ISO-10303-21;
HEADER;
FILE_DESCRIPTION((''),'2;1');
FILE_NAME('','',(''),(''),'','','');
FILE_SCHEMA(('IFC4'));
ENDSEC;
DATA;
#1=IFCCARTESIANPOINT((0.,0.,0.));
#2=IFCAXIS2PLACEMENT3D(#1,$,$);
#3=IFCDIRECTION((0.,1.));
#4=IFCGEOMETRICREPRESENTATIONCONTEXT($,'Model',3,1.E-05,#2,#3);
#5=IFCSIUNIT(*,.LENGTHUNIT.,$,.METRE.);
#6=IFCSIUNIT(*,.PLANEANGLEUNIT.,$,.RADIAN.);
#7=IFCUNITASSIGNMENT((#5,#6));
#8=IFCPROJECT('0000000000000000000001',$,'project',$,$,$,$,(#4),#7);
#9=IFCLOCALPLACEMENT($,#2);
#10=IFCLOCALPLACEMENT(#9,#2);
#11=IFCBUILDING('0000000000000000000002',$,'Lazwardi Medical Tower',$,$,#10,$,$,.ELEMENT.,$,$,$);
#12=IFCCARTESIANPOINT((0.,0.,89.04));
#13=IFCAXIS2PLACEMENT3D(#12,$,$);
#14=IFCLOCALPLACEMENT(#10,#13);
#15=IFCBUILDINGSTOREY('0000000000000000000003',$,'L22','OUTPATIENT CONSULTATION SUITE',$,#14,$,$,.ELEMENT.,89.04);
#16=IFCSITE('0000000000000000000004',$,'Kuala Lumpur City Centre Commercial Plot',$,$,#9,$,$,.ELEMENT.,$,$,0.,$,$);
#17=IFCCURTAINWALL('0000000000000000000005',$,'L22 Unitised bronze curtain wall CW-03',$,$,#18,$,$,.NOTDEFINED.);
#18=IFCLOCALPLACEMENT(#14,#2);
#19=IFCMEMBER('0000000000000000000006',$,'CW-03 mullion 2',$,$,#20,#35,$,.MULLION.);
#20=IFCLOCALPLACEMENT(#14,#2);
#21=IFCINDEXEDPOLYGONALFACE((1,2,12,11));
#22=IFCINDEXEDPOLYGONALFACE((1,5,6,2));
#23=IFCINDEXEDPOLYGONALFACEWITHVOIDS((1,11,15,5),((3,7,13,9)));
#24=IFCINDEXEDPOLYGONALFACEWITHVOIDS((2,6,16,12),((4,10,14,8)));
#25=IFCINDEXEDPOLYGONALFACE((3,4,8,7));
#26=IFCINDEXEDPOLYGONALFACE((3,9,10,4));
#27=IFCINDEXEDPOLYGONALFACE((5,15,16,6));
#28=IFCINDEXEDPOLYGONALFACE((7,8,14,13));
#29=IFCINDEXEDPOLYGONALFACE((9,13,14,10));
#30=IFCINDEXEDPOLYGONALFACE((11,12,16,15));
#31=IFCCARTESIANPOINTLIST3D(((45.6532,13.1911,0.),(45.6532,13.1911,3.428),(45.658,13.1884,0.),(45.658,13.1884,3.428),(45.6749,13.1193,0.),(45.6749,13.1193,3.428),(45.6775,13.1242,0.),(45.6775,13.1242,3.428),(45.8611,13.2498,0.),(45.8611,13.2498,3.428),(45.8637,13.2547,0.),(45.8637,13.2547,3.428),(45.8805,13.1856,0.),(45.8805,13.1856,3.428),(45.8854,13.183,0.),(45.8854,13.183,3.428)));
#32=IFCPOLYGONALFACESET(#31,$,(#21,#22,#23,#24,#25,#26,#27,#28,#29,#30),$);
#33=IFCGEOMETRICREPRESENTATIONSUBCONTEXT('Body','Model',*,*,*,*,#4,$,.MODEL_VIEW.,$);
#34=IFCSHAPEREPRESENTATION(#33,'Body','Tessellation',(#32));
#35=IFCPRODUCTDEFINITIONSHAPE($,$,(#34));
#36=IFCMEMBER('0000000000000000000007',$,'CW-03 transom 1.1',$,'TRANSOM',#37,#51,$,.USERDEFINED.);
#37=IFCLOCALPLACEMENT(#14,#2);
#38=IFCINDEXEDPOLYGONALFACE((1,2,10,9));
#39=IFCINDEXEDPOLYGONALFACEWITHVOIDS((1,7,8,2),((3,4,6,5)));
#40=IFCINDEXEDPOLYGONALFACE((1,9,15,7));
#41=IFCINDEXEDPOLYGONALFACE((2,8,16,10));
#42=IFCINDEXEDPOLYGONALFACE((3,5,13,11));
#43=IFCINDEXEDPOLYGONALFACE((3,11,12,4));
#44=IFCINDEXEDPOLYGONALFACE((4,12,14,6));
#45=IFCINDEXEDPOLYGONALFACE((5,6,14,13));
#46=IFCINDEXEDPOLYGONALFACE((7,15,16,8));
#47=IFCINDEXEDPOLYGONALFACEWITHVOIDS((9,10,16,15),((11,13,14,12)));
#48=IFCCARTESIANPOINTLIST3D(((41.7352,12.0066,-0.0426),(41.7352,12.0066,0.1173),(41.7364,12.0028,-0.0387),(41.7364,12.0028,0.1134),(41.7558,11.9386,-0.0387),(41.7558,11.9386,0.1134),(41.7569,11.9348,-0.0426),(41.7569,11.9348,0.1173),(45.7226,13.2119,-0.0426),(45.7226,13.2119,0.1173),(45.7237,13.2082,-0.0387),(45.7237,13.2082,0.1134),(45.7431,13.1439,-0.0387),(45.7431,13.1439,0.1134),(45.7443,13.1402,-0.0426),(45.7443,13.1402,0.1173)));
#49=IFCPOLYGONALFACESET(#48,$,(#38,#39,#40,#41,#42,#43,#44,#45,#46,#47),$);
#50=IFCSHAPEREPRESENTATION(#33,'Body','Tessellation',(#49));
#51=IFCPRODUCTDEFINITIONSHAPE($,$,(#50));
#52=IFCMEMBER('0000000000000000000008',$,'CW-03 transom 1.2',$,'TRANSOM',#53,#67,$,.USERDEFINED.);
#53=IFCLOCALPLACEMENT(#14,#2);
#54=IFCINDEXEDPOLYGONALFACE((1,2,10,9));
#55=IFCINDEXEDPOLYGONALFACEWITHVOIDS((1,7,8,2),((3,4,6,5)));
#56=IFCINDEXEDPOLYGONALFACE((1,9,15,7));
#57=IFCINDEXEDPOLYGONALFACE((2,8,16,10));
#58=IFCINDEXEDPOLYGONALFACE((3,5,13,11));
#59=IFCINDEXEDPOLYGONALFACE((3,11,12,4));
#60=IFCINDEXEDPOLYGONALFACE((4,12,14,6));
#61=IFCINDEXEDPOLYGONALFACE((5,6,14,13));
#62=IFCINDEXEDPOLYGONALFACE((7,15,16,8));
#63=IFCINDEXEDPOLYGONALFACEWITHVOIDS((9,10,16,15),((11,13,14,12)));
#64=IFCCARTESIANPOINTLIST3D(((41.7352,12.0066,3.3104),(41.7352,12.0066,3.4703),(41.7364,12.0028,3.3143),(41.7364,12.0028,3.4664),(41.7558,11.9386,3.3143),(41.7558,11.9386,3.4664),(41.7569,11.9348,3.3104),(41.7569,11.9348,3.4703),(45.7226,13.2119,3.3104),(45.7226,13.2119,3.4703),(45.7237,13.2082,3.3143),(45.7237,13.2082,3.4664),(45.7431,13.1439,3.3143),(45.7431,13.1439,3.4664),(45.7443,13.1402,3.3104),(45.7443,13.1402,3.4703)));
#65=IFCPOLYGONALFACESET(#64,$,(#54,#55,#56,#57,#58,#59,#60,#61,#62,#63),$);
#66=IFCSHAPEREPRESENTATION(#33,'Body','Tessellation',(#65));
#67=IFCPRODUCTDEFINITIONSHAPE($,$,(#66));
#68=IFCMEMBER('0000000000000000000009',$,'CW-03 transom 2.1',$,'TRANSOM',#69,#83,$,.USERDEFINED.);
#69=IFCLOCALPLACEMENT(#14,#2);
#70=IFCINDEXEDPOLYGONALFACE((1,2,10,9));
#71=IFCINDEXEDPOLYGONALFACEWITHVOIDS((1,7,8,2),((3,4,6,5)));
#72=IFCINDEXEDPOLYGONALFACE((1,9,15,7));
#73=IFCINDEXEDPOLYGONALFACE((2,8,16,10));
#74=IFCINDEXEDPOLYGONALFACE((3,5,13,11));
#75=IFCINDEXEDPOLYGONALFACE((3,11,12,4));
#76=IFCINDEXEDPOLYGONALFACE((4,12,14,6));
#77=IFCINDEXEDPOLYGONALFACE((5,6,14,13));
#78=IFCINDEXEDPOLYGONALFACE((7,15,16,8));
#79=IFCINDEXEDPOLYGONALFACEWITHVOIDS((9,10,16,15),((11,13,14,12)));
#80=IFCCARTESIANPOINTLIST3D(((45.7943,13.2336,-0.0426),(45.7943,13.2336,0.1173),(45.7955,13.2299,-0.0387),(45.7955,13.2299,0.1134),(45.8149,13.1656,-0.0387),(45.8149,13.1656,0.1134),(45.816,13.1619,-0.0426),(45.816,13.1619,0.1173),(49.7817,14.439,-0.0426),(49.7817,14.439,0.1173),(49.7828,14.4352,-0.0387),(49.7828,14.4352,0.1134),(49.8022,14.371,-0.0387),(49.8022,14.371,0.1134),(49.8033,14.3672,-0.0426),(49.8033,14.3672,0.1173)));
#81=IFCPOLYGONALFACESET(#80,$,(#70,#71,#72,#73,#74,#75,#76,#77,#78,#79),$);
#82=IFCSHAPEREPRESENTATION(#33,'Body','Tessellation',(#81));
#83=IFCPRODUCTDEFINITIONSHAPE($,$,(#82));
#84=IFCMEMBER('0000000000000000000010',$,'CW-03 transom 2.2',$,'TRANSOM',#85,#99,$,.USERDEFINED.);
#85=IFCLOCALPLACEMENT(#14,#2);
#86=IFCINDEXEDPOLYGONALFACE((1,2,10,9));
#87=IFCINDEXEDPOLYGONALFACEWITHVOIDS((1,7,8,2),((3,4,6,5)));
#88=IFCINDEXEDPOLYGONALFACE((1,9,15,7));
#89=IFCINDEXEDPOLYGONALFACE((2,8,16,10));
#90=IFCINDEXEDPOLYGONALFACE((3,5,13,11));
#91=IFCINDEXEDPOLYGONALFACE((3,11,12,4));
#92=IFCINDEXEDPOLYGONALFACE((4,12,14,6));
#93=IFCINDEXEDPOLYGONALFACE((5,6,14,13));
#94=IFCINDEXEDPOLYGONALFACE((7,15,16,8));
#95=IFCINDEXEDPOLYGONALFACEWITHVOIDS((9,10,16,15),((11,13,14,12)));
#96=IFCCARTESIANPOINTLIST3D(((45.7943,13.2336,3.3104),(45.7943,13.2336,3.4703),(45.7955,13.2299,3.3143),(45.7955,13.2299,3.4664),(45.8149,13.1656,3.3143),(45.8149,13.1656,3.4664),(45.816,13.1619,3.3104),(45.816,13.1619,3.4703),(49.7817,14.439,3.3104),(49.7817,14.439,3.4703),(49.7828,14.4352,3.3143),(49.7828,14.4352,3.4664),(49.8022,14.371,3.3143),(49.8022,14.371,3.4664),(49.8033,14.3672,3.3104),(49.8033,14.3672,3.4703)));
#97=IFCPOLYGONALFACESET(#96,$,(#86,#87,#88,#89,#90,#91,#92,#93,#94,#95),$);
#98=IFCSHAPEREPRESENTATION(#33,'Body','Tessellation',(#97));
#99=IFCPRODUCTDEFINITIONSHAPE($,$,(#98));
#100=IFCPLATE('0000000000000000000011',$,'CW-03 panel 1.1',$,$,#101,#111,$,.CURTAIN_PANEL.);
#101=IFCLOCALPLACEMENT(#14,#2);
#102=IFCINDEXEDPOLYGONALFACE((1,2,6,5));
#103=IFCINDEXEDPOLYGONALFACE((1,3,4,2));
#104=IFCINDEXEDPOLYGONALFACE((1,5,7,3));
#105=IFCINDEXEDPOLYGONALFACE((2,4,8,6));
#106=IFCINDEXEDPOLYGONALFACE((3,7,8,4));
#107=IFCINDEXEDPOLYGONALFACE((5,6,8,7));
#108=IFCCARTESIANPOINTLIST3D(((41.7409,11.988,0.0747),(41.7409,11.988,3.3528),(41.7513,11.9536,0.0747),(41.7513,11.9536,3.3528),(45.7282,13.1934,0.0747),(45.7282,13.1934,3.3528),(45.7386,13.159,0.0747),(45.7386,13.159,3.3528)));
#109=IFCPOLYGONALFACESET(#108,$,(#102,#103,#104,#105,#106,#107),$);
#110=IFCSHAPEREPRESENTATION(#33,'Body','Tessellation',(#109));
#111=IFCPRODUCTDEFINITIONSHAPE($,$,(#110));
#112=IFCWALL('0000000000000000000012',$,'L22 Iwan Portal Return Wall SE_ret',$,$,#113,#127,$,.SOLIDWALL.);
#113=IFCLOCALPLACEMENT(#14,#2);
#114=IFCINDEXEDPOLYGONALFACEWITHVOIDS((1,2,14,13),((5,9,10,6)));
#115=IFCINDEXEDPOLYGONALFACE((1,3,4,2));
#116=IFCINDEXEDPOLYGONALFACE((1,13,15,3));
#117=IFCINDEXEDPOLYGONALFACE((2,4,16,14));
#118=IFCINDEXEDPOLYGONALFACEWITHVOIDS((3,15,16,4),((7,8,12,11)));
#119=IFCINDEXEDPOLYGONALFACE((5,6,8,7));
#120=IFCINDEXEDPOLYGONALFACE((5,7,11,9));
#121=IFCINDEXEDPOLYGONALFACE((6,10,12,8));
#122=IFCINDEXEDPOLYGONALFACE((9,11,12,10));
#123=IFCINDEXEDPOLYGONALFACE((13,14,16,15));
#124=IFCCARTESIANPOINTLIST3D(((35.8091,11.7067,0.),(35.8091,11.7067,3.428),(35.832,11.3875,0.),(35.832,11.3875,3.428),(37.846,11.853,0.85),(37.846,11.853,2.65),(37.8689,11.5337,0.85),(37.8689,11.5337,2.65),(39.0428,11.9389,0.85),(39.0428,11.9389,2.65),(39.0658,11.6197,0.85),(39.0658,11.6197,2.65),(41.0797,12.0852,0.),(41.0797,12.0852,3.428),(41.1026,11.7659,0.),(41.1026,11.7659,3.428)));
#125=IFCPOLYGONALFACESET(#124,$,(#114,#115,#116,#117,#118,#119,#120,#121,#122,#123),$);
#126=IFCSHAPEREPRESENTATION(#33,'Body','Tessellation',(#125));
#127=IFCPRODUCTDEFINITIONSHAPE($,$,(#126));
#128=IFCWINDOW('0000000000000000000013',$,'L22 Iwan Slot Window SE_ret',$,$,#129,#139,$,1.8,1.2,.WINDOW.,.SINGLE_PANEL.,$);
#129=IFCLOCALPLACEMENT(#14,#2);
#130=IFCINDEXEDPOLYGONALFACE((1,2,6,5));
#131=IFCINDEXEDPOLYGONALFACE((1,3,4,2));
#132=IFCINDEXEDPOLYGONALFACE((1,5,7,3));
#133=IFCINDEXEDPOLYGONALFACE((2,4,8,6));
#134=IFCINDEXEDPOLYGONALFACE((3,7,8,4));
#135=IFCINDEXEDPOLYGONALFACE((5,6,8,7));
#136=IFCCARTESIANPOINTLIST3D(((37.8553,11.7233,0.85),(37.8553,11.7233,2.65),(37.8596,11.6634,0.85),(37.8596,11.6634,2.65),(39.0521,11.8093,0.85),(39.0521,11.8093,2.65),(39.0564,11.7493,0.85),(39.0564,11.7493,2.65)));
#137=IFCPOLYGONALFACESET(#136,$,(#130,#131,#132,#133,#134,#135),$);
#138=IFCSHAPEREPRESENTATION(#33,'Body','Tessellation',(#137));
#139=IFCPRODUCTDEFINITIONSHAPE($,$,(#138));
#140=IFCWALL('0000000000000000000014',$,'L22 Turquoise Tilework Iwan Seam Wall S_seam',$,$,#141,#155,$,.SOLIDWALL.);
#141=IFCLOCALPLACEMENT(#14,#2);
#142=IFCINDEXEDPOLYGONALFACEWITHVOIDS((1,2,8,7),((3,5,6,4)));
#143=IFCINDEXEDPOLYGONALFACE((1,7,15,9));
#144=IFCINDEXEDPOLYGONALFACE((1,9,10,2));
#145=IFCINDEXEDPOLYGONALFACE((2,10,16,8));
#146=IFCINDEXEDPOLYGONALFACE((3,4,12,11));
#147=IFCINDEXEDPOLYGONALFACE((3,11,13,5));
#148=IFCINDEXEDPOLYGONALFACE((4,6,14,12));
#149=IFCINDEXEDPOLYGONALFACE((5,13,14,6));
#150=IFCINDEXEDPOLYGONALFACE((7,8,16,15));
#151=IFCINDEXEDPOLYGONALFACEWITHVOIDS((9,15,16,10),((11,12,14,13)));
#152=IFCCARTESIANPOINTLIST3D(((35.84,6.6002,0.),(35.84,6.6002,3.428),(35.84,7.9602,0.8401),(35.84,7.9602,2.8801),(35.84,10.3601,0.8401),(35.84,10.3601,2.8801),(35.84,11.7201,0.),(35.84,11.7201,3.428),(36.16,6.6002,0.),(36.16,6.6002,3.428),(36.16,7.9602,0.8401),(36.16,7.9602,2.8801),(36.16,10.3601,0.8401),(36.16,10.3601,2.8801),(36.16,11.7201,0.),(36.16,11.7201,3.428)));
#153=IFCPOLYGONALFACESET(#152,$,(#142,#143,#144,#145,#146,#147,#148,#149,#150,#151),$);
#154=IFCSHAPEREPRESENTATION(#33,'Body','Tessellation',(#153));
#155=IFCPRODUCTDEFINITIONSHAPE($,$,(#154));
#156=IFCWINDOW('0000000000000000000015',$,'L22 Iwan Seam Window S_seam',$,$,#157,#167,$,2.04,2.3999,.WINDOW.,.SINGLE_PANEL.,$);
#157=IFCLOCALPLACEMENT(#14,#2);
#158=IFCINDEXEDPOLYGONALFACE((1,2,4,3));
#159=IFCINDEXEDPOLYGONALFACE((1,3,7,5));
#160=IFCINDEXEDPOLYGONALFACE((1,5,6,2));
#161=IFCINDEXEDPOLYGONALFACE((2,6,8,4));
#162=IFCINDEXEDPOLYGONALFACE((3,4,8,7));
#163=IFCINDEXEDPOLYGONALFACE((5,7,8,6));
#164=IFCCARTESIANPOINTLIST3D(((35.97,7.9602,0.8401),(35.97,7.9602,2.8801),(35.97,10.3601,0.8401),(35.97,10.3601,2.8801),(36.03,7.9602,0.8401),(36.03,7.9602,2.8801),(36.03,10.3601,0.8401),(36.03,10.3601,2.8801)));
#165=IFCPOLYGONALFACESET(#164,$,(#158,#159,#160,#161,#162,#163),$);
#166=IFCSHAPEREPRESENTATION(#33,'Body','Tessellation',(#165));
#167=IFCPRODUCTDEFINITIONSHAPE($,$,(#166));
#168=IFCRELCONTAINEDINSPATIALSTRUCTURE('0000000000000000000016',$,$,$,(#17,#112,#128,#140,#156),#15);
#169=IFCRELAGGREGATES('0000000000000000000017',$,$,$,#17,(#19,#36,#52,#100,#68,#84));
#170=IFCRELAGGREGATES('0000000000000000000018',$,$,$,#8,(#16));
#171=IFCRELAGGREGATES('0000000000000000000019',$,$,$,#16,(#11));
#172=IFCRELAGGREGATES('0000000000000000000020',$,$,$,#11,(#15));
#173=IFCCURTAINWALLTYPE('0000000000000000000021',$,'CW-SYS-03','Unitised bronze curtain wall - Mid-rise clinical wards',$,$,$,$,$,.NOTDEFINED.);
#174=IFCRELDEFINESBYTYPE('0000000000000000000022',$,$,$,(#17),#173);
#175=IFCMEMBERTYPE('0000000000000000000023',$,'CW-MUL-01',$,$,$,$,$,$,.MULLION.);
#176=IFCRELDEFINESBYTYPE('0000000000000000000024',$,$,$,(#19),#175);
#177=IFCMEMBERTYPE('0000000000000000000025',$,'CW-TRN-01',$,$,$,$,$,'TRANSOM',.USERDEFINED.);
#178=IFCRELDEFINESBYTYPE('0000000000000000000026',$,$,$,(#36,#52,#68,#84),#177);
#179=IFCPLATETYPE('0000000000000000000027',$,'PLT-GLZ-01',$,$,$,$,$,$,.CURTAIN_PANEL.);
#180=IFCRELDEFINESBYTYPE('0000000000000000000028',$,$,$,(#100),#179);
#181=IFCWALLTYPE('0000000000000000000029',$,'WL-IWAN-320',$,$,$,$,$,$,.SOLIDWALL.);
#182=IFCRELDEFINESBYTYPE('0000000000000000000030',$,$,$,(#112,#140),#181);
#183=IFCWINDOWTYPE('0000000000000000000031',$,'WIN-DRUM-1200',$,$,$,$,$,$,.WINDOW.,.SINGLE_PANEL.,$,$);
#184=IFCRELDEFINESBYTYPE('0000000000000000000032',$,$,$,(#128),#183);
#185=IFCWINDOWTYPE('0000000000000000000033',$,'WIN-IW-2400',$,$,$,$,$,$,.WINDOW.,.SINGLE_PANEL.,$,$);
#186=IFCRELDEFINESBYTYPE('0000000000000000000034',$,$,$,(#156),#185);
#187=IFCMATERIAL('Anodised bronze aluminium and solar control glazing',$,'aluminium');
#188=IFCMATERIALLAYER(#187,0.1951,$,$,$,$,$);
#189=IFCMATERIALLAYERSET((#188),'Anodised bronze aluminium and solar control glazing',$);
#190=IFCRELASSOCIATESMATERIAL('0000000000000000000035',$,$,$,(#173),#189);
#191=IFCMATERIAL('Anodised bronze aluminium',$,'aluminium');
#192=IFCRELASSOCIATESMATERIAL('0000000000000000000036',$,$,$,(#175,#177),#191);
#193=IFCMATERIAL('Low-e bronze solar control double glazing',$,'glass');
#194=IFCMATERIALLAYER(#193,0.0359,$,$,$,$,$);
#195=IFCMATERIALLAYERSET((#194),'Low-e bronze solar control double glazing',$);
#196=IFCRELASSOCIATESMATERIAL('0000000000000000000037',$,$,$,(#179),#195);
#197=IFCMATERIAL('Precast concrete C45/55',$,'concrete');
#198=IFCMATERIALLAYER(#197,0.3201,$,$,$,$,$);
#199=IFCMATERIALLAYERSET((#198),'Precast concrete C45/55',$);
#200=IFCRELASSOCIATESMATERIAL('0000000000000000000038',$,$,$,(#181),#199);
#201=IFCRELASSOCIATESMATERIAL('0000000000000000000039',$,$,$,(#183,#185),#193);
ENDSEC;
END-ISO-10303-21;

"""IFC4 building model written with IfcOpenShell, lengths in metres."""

from ifc_helpers import new_model, si_unit, direction, frame, frame_2d, origin, origin_2d, place, context, subcontext, project, spatial, rectangle, hollow_rectangle, extrude, material, layer, layer_set, material_profile, profile_set, type_object, element, fill, aggregate, save


model = new_model("IFC4")

# Units and contexts
model_context = context("Model", 3, precision=1e-05, world=origin(), true_north=direction((0.0, 1.0)))
body_context = subcontext(model_context, "Body", "Model", "MODEL_VIEW")
ifc_project = project(units=[si_unit("LENGTHUNIT", "METRE"), si_unit("PLANEANGLEUNIT", "RADIAN")], contexts=[model_context])

# Site, building, storey
site_placement = place(None, origin())
site = spatial("IfcSite", under=ifc_project, at=site_placement, Name="Kuala Lumpur City Centre Commercial Plot", CompositionType="ELEMENT", RefElevation=0.0)
building_placement = place(site_placement, origin())
building = spatial("IfcBuilding", under=site, at=building_placement, Name="Lazwardi Medical Tower", CompositionType="ELEMENT")
storey_placement = place(building_placement, frame((0.0, 0.0, 89.04)))
storey = spatial("IfcBuildingStorey", under=building, at=storey_placement, Name="L22", Description="OUTPATIENT CONSULTATION SUITE", CompositionType="ELEMENT", Elevation=89.04)

# Curtain wall, members, plate
ifc_material_1 = material(Name="Anodised bronze aluminium and solar control glazing", Category="aluminium")
ifc_layer_1 = layer(ifc_material_1, 0.1951)
ifc_layer_set_1 = layer_set([ifc_layer_1], Name="Anodised bronze aluminium and solar control glazing")
curtain_wall_type = type_object("IfcCurtainWallType", Name="CW-SYS-03", Description="Unitised bronze curtain wall - Mid-rise clinical wards", PredefinedType="NOTDEFINED", material=ifc_layer_set_1)
curtain_wall_placement = place(storey_placement, origin())
curtain_wall = element("IfcCurtainWall", 1, at=curtain_wall_placement, inside=storey, type_object=curtain_wall_type, Name="L22 Unitised bronze curtain wall CW-03", PredefinedType="NOTDEFINED")
ifc_material_2 = material(Name="Anodised bronze aluminium", Category="aluminium")
ifc_material_profile_1 = material_profile(ifc_material_2, hollow_rectangle(XDim=0.075, YDim=0.22, WallThickness=0.0039, at=origin_2d()), Name="ALU-MULLION 220x75x4")
ifc_profile_set_1 = profile_set([ifc_material_profile_1], Name="Anodised bronze aluminium")
member_type_1 = type_object("IfcMemberType", Name="CW-MUL-01", PredefinedType="MULLION", material=ifc_profile_set_1)
member_1_placement = place(storey_placement, frame((45.7693, 13.187, 0.0), z_axis=(0.0, 0.0, 1.0), x_axis=(-0.289374, 0.957216, 0.0)))
member_1 = element("IfcMember", 2, at=member_1_placement, type_object=member_type_1, Name="CW-03 mullion 2", PredefinedType="MULLION", context=body_context, shape_type="SweptSolid", body=[
    extrude(hollow_rectangle(XDim=0.075, YDim=0.22, WallThickness=0.0039, at=origin_2d()), origin(), (0.0, 0.0, 1.0), 3.428),
])
ifc_material_profile_2 = material_profile(ifc_material_2, hollow_rectangle(XDim=0.075, YDim=0.1599, WallThickness=0.0039, at=origin_2d()), Name="ALU-TRANSOM 160x75x4")
ifc_profile_set_2 = profile_set([ifc_material_profile_2], Name="Anodised bronze aluminium")
member_type_2 = type_object("IfcMemberType", Name="CW-TRN-01", ElementType="TRANSOM", PredefinedType="USERDEFINED", material=ifc_profile_set_2)
member_2_placement = place(storey_placement, frame((41.7461, 11.9707, 0.0374), z_axis=(0.957221, 0.289358, 0.0), x_axis=(-0.289358, 0.957221, 0.0)))
member_2 = element("IfcMember", 3, at=member_2_placement, type_object=member_type_2, Name="CW-03 transom 1.1", ObjectType="TRANSOM", PredefinedType="USERDEFINED", context=body_context, shape_type="SweptSolid", body=[
    extrude(hollow_rectangle(XDim=0.075, YDim=0.1599, WallThickness=0.0039, at=origin_2d()), origin(), (0.0, 0.0, 1.0), 4.1655),
])
member_3_placement = place(storey_placement, frame((41.7461, 11.9707, 3.3904), z_axis=(0.957221, 0.289358, 0.0), x_axis=(-0.289358, 0.957221, 0.0)))
member_3 = element("IfcMember", 4, at=member_3_placement, type_object=member_type_2, Name="CW-03 transom 1.2", ObjectType="TRANSOM", PredefinedType="USERDEFINED", context=body_context, shape_type="SweptSolid", body=[
    extrude(hollow_rectangle(XDim=0.075, YDim=0.1599, WallThickness=0.0039, at=origin_2d()), origin(), (0.0, 0.0, 1.0), 4.1655),
])
member_4_placement = place(storey_placement, frame((45.8052, 13.1978, 0.0374), z_axis=(0.957221, 0.289358, 0.0), x_axis=(-0.289358, 0.957221, 0.0)))
member_4 = element("IfcMember", 5, at=member_4_placement, type_object=member_type_2, Name="CW-03 transom 2.1", ObjectType="TRANSOM", PredefinedType="USERDEFINED", context=body_context, shape_type="SweptSolid", body=[
    extrude(hollow_rectangle(XDim=0.075, YDim=0.1599, WallThickness=0.0039, at=origin_2d()), origin(), (0.0, 0.0, 1.0), 4.1655),
])
member_5_placement = place(storey_placement, frame((45.8052, 13.1978, 3.3904), z_axis=(0.957221, 0.289358, 0.0), x_axis=(-0.289358, 0.957221, 0.0)))
member_5 = element("IfcMember", 6, at=member_5_placement, type_object=member_type_2, Name="CW-03 transom 2.2", ObjectType="TRANSOM", PredefinedType="USERDEFINED", context=body_context, shape_type="SweptSolid", body=[
    extrude(hollow_rectangle(XDim=0.075, YDim=0.1599, WallThickness=0.0039, at=origin_2d()), origin(), (0.0, 0.0, 1.0), 4.1655),
])
ifc_material_3 = material(Name="Low-e bronze solar control double glazing", Category="glass")
ifc_layer_2 = layer(ifc_material_3, 0.0359)
ifc_layer_set_2 = layer_set([ifc_layer_2], Name="Low-e bronze solar control double glazing")
plate_type = type_object("IfcPlateType", Name="PLT-GLZ-01", PredefinedType="CURTAIN_PANEL", material=ifc_layer_set_2)
plate_placement = place(storey_placement, frame((43.7397, 12.5735, 0.0747), z_axis=(0.0, 0.0, 1.0), x_axis=(0.957216, 0.289374, 0.0)))
plate = element("IfcPlate", 7, at=plate_placement, type_object=plate_type, Name="CW-03 panel 1.1", PredefinedType="CURTAIN_PANEL", context=body_context, shape_type="SweptSolid", body=[
    extrude(rectangle(XDim=4.1655, YDim=0.0359, at=origin_2d()), origin(), (0.0, 0.0, 1.0), 3.2781),
])
aggregate(curtain_wall, [member_1, member_2, member_3, plate, member_4, member_5])

# Walls, openings, windows
ifc_material_4 = material(Name="Precast concrete C45/55", Category="concrete")
ifc_layer_3 = layer(ifc_material_4, 0.3201)
ifc_layer_set_3 = layer_set([ifc_layer_3], Name="Precast concrete C45/55")
wall_type_1 = type_object("IfcWallType", Name="WL-IWAN-320", PredefinedType="SOLIDWALL", material=ifc_layer_set_3)
wall_1_placement = place(storey_placement, frame((35.8206, 11.5471, 0.0), z_axis=(0.0, 0.0, 1.0), x_axis=(0.997432, 0.071615, 0.0)))
wall_1 = element("IfcWall", 8, at=wall_1_placement, inside=storey, type_object=wall_type_1, Name="L22 Iwan Portal Return Wall SE_ret", PredefinedType="SOLIDWALL", context=body_context, shape_type="SweptSolid", body=[
    extrude(rectangle(XDim=5.2842, YDim=0.3201, at=frame_2d((2.6421, 0.0))), origin(), (0.0, 0.0, 1.0), 3.428),
])
opening_1_placement = place(wall_1_placement, frame((2.042, 0.0, 0.8501)))
opening_1 = element("IfcOpeningElement", 9, at=opening_1_placement, cuts=wall_1, PredefinedType="OPENING", context=body_context, shape_type="SweptSolid", body=[
    extrude(rectangle(XDim=1.2, YDim=1.8, at=frame_2d((0.6001, 0.8999))), frame((0.0, 0.1699, 0.0), z_axis=(0.0, -1.0, 0.0), x_axis=(1.0, 0.0, 0.0)), (0.0, 0.0, 1.0), 0.3401),
])
window_type_1 = type_object("IfcWindowType", Name="WIN-DRUM-1200", PartitioningType="SINGLE_PANEL", PredefinedType="WINDOW", material=ifc_material_3)
window_1_placement = place(opening_1_placement, origin())
window_1 = element("IfcWindow", 10, at=window_1_placement, inside=storey, type_object=window_type_1, Name="L22 Iwan Slot Window SE_ret", OverallHeight=1.8, OverallWidth=1.2, PartitioningType="SINGLE_PANEL", PredefinedType="WINDOW", context=body_context, shape_type="SweptSolid", body=[
    extrude(rectangle(XDim=1.2, YDim=1.8, at=frame_2d((0.6001, 0.8999))), frame((0.0, 0.03, 0.0), z_axis=(0.0, -1.0, 0.0), x_axis=(1.0, 0.0, 0.0)), (0.0, 0.0, 1.0), 0.0601),
])
fill(opening_1, window_1)
wall_2_placement = place(storey_placement, frame((36.0, 6.6001, 0.0), z_axis=(0.0, 0.0, 1.0), x_axis=(0.0, 1.0, 0.0)))
wall_2 = element("IfcWall", 11, at=wall_2_placement, inside=storey, type_object=wall_type_1, Name="L22 Turquoise Tilework Iwan Seam Wall S_seam", PredefinedType="SOLIDWALL", context=body_context, shape_type="SweptSolid", body=[
    extrude(rectangle(XDim=5.1199, YDim=0.3201, at=frame_2d((2.5601, 0.0))), origin(), (0.0, 0.0, 1.0), 3.428),
])
opening_2_placement = place(wall_2_placement, frame((1.3601, 0.0, 0.8401)))
opening_2 = element("IfcOpeningElement", 12, at=opening_2_placement, cuts=wall_2, PredefinedType="OPENING", context=body_context, shape_type="SweptSolid", body=[
    extrude(rectangle(XDim=2.3999, YDim=2.04, at=frame_2d((1.2, 1.02))), frame((0.0, 0.1699, 0.0), z_axis=(0.0, -1.0, 0.0), x_axis=(1.0, 0.0, 0.0)), (0.0, 0.0, 1.0), 0.3401),
])
window_type_2 = type_object("IfcWindowType", Name="WIN-IW-2400", PartitioningType="SINGLE_PANEL", PredefinedType="WINDOW", material=ifc_material_3)
window_2_placement = place(opening_2_placement, origin())
window_2 = element("IfcWindow", 13, at=window_2_placement, inside=storey, type_object=window_type_2, Name="L22 Iwan Seam Window S_seam", OverallHeight=2.04, OverallWidth=2.3999, PartitioningType="SINGLE_PANEL", PredefinedType="WINDOW", context=body_context, shape_type="SweptSolid", body=[
    extrude(rectangle(XDim=2.3999, YDim=2.04, at=frame_2d((1.2, 1.02))), frame((0.0, 0.03, 0.0), z_axis=(0.0, -1.0, 0.0), x_axis=(1.0, 0.0, 0.0)), (0.0, 0.0, 1.0), 0.0601),
])
fill(opening_2, window_2)

save(model, "model.ifc")
